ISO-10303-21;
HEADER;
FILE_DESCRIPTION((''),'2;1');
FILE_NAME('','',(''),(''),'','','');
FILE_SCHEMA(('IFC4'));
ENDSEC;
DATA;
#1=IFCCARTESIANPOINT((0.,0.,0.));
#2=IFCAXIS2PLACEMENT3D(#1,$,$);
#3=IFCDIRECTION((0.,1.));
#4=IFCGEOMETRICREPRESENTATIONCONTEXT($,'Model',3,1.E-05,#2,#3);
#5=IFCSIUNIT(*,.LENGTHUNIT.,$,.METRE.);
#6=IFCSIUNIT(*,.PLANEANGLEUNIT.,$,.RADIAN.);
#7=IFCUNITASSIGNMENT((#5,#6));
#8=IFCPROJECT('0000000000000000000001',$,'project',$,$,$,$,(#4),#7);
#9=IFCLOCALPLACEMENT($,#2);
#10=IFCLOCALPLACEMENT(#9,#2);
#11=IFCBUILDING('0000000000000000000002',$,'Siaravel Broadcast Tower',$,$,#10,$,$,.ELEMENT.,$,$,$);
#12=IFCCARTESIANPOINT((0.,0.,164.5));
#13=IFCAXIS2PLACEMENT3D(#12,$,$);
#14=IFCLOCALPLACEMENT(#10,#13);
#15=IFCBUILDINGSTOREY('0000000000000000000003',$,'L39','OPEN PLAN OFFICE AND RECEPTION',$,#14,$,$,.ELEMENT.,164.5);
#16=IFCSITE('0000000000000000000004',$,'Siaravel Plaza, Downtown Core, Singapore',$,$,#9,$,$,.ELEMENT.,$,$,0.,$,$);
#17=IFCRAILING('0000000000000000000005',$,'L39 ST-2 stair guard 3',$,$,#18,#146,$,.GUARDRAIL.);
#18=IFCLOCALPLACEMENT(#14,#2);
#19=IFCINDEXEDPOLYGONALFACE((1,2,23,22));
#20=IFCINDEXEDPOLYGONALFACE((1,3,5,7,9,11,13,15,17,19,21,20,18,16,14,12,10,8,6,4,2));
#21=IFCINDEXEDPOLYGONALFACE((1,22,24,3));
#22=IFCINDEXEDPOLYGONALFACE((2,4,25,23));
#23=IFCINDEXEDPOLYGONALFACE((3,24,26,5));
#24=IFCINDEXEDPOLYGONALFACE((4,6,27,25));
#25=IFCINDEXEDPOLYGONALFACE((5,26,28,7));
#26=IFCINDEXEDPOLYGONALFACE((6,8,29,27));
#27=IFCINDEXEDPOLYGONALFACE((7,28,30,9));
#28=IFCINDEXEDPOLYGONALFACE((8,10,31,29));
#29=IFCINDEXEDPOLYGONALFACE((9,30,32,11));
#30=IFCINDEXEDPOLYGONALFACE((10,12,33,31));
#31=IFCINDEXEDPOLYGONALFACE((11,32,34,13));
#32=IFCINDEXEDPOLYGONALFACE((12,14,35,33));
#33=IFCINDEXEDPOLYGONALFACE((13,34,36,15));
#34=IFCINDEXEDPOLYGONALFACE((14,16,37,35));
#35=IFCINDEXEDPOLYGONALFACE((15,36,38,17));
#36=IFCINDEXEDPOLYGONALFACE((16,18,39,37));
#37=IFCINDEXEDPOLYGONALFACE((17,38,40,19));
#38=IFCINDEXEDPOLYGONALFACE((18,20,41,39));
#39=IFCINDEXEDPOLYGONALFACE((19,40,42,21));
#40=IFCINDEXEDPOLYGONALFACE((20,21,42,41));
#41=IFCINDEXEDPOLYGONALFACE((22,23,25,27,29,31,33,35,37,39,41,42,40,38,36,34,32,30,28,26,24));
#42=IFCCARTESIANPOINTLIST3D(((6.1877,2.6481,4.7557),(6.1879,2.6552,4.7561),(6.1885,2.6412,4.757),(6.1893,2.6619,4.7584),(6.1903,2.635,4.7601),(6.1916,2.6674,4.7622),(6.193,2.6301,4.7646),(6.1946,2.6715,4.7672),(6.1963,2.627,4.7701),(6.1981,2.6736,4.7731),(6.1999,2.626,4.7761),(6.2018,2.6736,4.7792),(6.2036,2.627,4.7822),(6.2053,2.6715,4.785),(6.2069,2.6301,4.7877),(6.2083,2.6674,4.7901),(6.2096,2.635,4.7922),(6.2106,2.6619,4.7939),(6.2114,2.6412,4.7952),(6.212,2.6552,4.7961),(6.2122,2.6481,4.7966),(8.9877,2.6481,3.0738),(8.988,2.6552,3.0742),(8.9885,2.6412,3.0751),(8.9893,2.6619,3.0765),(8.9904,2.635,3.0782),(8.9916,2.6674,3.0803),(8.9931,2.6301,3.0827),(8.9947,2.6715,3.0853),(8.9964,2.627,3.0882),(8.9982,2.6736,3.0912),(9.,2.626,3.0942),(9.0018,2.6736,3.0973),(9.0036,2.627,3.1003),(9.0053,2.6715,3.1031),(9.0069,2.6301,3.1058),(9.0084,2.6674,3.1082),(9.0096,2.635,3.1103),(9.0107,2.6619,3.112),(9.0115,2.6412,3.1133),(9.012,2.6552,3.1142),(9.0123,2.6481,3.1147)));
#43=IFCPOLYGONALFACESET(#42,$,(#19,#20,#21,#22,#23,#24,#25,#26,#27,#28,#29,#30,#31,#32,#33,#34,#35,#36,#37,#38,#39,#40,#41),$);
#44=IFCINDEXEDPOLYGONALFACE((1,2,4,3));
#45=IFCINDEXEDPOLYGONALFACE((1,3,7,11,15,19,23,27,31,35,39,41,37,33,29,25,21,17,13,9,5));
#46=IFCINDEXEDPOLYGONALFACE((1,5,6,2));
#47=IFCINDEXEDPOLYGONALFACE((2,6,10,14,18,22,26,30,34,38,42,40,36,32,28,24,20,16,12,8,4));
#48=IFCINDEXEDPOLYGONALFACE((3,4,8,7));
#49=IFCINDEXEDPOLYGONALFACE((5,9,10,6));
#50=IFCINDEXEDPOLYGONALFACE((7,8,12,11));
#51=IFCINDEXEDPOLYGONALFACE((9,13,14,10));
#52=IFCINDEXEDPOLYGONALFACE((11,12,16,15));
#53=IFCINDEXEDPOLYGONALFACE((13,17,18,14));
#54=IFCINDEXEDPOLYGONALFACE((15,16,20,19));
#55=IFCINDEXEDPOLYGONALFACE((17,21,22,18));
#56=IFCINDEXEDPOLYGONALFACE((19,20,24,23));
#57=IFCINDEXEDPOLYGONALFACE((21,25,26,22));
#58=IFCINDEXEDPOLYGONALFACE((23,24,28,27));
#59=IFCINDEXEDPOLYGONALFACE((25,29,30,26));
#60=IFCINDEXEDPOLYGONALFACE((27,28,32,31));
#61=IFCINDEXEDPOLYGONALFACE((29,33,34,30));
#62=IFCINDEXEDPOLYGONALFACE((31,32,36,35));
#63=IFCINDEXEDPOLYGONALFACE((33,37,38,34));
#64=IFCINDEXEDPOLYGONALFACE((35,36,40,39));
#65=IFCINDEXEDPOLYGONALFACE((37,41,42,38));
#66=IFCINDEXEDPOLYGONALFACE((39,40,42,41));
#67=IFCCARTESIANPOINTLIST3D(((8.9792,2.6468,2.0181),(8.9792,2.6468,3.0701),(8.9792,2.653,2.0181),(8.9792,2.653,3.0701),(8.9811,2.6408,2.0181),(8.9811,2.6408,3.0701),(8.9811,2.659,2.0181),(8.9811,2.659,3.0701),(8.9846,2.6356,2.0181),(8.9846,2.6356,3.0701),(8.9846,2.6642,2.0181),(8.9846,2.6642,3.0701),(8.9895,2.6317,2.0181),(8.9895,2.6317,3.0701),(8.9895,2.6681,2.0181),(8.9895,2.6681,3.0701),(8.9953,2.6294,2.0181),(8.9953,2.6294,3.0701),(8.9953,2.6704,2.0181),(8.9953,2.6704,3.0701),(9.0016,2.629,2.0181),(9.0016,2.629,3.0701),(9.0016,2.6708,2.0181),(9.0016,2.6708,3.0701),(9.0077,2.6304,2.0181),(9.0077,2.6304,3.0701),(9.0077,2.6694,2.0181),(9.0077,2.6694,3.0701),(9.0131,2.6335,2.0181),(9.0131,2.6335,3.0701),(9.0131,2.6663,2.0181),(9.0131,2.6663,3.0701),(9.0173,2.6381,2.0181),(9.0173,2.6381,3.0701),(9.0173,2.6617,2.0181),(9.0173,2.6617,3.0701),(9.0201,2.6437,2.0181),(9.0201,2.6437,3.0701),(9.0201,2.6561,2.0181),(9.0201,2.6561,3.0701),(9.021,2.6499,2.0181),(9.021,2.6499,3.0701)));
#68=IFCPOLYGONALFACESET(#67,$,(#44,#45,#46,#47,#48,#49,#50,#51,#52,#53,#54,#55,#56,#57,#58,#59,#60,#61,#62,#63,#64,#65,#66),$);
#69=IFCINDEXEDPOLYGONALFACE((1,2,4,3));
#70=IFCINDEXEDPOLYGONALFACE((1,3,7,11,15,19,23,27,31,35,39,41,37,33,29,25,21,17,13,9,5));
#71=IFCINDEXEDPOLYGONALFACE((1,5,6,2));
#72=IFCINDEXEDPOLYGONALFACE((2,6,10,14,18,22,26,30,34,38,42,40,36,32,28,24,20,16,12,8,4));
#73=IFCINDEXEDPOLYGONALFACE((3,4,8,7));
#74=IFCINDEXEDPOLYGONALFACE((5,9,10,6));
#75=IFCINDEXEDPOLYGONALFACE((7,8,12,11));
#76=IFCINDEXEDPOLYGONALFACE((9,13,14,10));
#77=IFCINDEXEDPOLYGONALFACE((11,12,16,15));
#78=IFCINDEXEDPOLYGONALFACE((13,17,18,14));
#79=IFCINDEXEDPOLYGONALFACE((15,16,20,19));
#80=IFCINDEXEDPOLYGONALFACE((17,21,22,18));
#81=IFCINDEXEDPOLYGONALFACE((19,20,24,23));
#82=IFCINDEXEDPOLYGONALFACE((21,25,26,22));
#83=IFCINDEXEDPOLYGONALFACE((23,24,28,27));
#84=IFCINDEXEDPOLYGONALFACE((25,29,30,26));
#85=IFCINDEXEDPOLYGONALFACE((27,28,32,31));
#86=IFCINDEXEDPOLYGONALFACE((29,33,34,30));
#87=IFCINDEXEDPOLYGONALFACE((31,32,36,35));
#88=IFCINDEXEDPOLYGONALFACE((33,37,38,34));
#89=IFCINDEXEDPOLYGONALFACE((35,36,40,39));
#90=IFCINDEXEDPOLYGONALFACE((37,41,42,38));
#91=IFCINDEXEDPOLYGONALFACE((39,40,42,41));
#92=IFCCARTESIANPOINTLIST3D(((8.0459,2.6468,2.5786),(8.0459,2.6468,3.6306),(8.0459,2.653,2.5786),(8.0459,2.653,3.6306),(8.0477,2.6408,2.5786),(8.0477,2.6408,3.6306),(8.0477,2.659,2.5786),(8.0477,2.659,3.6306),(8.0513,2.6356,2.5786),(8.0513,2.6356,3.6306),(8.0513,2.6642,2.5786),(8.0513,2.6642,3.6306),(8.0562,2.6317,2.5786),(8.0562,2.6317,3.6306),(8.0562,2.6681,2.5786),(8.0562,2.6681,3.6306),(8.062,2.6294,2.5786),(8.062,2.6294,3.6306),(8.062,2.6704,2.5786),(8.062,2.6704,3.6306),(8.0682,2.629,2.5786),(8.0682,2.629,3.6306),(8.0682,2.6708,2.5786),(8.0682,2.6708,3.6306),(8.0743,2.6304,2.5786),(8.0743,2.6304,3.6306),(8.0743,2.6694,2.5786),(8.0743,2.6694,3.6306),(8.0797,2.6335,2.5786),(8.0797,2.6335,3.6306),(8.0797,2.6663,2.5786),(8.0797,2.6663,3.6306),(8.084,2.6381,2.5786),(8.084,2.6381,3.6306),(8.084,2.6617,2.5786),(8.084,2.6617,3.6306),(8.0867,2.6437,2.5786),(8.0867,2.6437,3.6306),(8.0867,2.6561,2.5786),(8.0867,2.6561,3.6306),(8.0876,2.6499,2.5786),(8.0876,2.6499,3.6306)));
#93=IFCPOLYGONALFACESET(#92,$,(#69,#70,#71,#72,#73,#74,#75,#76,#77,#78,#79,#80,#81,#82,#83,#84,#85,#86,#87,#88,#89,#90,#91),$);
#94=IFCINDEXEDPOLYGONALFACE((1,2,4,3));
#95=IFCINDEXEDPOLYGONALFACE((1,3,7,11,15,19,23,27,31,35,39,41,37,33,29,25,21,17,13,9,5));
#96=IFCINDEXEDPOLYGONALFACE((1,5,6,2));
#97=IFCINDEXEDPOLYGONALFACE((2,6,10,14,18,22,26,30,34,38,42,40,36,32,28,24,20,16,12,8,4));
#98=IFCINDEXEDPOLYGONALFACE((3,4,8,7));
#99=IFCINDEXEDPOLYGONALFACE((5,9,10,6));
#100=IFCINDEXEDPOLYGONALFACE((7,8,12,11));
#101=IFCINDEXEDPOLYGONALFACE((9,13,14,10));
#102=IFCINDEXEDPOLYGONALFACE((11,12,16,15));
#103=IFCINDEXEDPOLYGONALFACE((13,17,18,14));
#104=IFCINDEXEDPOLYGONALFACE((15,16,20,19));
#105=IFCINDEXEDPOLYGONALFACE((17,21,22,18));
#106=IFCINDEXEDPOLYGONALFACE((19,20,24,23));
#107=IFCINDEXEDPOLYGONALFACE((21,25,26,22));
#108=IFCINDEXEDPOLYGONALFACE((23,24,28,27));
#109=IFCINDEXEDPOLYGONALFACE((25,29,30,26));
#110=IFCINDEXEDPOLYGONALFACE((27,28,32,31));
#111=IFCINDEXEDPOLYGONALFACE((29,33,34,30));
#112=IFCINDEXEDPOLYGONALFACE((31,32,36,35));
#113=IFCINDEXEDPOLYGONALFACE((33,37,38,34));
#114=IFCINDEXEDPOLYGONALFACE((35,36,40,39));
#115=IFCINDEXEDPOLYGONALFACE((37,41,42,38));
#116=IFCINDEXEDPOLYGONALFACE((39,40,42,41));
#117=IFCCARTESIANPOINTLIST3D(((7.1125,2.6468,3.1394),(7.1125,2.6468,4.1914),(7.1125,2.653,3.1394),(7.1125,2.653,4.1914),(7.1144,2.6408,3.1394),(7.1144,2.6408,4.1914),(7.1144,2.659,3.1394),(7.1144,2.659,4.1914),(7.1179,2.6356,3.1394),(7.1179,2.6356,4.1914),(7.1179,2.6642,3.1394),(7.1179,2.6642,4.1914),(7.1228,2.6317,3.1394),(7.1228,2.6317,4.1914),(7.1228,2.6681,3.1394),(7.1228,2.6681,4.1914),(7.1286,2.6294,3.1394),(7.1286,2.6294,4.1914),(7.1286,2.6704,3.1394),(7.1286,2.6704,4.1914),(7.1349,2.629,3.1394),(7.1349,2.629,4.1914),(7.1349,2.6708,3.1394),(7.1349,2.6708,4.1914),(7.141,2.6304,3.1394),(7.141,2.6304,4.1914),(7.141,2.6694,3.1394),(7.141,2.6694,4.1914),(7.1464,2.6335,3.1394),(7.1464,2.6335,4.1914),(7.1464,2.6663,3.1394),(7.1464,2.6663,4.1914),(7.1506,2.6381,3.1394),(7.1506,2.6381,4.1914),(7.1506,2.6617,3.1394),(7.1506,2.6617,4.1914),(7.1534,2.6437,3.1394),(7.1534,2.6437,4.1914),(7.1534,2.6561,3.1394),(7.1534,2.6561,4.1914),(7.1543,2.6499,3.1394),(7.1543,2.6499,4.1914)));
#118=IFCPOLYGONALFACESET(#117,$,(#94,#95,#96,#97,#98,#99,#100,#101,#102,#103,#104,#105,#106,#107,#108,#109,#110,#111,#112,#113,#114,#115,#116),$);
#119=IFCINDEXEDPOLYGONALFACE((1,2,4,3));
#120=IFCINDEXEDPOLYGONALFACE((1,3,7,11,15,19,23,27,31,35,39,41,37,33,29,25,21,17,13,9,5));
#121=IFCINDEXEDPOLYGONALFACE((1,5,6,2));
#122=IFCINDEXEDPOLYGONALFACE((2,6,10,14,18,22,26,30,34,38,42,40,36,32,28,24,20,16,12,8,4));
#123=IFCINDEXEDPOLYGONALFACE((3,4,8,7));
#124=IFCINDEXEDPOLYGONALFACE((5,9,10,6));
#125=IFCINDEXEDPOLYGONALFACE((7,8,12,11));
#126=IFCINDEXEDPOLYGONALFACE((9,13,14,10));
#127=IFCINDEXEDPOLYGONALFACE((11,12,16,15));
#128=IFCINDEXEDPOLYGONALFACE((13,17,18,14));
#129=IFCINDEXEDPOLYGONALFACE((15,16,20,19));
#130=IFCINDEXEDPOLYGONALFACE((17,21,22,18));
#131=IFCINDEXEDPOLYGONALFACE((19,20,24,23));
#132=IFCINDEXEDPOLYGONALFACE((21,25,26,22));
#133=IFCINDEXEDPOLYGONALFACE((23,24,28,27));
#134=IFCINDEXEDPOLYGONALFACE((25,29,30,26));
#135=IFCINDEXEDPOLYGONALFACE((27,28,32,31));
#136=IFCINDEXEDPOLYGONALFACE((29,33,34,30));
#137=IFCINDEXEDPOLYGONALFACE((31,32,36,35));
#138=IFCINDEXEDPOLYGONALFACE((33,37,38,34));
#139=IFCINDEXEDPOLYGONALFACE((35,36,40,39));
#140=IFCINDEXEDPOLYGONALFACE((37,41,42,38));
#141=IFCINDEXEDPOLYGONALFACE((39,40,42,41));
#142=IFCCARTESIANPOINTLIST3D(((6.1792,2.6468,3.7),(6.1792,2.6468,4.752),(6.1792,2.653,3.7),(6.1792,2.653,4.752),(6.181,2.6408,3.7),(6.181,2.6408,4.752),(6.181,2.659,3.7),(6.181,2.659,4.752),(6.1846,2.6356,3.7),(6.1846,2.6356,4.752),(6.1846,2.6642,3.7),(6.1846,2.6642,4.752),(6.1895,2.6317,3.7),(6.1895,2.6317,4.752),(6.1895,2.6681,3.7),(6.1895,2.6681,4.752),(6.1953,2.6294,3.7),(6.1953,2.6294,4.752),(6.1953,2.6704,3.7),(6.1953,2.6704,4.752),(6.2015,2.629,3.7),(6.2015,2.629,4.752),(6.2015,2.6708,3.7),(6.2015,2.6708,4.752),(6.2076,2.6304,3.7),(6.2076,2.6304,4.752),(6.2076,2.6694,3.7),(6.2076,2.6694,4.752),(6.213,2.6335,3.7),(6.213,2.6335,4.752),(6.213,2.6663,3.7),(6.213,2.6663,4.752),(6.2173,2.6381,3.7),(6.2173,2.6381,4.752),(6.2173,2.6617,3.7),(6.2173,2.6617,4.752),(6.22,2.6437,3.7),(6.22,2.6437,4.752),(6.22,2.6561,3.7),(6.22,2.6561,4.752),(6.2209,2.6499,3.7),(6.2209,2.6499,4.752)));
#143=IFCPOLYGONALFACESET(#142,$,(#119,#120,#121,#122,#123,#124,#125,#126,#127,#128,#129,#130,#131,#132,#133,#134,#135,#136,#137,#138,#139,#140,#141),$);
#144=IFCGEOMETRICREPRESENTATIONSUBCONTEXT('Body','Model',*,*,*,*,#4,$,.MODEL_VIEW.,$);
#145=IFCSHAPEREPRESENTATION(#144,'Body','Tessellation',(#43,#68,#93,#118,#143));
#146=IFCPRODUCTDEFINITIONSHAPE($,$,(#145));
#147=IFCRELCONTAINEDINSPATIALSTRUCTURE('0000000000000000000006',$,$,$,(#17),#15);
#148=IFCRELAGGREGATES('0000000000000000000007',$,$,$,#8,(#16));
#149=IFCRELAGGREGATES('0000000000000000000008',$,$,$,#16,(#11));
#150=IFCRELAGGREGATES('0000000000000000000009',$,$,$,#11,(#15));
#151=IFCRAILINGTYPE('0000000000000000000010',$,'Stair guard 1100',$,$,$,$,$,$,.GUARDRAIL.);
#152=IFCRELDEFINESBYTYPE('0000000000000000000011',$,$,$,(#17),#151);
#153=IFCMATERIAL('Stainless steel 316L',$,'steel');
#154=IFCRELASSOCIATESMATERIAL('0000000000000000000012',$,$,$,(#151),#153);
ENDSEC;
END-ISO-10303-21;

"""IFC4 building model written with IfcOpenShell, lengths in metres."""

from ifc_helpers import new_model, si_unit, direction, frame, origin, origin_2d, place, context, subcontext, project, spatial, circle, extrude, material, type_object, element, save


model = new_model("IFC4")

# Units and contexts
model_context = context("Model", 3, precision=1e-05, world=origin(), true_north=direction((0.0, 1.0)))
body_context = subcontext(model_context, "Body", "Model", "MODEL_VIEW")
ifc_project = project(units=[si_unit("LENGTHUNIT", "METRE"), si_unit("PLANEANGLEUNIT", "RADIAN")], contexts=[model_context])

# Site, building, storey
site_placement = place(None, origin())
site = spatial("IfcSite", under=ifc_project, at=site_placement, Name="Siaravel Plaza, Downtown Core, Singapore", CompositionType="ELEMENT", RefElevation=0.0)
building_placement = place(site_placement, origin())
building = spatial("IfcBuilding", under=site, at=building_placement, Name="Siaravel Broadcast Tower", CompositionType="ELEMENT")
storey_placement = place(building_placement, frame((0.0, 0.0, 164.5)))
storey = spatial("IfcBuildingStorey", under=building, at=storey_placement, Name="L39", Description="OPEN PLAN OFFICE AND RECEPTION", CompositionType="ELEMENT", Elevation=164.5)

# Railing
ifc_material_1 = material(Name="Stainless steel 316L", Category="steel")
railing_type_1 = type_object("IfcRailingType", Name="Stair guard 1100", PredefinedType="GUARDRAIL", material=ifc_material_1)
railing_1_placement = place(storey_placement, frame((9.0, 2.6499, 2.0181)))
element("IfcRailing", 1, at=railing_1_placement, inside=storey, type_object=railing_type_1, Name="L39 ST-2 stair guard 3", PredefinedType="GUARDRAIL", context=body_context, shape_type="SweptSolid", body=[
    extrude(circle(Radius=0.0239, at=origin_2d()), frame((0.0, 0.0, 1.0762), z_axis=(-0.857242, 0.0, 0.514913), x_axis=(0.0, -1.0, 0.0)), (0.0, 0.0, 1.0), 3.2664),
    extrude(circle(Radius=0.021, at=origin_2d()), origin(), (0.0, 0.0, 1.0), 1.052),
    extrude(circle(Radius=0.021, at=origin_2d()), frame((-0.9333, 0.0, 0.5605)), (0.0, 0.0, 1.0), 1.052),
    extrude(circle(Radius=0.021, at=origin_2d()), frame((-1.8667, 0.0, 1.1213)), (0.0, 0.0, 1.0), 1.052),
    extrude(circle(Radius=0.021, at=origin_2d()), frame((-2.8, 0.0, 1.6819)), (0.0, 0.0, 1.0), 1.052),
])

save(model, "model.ifc")
